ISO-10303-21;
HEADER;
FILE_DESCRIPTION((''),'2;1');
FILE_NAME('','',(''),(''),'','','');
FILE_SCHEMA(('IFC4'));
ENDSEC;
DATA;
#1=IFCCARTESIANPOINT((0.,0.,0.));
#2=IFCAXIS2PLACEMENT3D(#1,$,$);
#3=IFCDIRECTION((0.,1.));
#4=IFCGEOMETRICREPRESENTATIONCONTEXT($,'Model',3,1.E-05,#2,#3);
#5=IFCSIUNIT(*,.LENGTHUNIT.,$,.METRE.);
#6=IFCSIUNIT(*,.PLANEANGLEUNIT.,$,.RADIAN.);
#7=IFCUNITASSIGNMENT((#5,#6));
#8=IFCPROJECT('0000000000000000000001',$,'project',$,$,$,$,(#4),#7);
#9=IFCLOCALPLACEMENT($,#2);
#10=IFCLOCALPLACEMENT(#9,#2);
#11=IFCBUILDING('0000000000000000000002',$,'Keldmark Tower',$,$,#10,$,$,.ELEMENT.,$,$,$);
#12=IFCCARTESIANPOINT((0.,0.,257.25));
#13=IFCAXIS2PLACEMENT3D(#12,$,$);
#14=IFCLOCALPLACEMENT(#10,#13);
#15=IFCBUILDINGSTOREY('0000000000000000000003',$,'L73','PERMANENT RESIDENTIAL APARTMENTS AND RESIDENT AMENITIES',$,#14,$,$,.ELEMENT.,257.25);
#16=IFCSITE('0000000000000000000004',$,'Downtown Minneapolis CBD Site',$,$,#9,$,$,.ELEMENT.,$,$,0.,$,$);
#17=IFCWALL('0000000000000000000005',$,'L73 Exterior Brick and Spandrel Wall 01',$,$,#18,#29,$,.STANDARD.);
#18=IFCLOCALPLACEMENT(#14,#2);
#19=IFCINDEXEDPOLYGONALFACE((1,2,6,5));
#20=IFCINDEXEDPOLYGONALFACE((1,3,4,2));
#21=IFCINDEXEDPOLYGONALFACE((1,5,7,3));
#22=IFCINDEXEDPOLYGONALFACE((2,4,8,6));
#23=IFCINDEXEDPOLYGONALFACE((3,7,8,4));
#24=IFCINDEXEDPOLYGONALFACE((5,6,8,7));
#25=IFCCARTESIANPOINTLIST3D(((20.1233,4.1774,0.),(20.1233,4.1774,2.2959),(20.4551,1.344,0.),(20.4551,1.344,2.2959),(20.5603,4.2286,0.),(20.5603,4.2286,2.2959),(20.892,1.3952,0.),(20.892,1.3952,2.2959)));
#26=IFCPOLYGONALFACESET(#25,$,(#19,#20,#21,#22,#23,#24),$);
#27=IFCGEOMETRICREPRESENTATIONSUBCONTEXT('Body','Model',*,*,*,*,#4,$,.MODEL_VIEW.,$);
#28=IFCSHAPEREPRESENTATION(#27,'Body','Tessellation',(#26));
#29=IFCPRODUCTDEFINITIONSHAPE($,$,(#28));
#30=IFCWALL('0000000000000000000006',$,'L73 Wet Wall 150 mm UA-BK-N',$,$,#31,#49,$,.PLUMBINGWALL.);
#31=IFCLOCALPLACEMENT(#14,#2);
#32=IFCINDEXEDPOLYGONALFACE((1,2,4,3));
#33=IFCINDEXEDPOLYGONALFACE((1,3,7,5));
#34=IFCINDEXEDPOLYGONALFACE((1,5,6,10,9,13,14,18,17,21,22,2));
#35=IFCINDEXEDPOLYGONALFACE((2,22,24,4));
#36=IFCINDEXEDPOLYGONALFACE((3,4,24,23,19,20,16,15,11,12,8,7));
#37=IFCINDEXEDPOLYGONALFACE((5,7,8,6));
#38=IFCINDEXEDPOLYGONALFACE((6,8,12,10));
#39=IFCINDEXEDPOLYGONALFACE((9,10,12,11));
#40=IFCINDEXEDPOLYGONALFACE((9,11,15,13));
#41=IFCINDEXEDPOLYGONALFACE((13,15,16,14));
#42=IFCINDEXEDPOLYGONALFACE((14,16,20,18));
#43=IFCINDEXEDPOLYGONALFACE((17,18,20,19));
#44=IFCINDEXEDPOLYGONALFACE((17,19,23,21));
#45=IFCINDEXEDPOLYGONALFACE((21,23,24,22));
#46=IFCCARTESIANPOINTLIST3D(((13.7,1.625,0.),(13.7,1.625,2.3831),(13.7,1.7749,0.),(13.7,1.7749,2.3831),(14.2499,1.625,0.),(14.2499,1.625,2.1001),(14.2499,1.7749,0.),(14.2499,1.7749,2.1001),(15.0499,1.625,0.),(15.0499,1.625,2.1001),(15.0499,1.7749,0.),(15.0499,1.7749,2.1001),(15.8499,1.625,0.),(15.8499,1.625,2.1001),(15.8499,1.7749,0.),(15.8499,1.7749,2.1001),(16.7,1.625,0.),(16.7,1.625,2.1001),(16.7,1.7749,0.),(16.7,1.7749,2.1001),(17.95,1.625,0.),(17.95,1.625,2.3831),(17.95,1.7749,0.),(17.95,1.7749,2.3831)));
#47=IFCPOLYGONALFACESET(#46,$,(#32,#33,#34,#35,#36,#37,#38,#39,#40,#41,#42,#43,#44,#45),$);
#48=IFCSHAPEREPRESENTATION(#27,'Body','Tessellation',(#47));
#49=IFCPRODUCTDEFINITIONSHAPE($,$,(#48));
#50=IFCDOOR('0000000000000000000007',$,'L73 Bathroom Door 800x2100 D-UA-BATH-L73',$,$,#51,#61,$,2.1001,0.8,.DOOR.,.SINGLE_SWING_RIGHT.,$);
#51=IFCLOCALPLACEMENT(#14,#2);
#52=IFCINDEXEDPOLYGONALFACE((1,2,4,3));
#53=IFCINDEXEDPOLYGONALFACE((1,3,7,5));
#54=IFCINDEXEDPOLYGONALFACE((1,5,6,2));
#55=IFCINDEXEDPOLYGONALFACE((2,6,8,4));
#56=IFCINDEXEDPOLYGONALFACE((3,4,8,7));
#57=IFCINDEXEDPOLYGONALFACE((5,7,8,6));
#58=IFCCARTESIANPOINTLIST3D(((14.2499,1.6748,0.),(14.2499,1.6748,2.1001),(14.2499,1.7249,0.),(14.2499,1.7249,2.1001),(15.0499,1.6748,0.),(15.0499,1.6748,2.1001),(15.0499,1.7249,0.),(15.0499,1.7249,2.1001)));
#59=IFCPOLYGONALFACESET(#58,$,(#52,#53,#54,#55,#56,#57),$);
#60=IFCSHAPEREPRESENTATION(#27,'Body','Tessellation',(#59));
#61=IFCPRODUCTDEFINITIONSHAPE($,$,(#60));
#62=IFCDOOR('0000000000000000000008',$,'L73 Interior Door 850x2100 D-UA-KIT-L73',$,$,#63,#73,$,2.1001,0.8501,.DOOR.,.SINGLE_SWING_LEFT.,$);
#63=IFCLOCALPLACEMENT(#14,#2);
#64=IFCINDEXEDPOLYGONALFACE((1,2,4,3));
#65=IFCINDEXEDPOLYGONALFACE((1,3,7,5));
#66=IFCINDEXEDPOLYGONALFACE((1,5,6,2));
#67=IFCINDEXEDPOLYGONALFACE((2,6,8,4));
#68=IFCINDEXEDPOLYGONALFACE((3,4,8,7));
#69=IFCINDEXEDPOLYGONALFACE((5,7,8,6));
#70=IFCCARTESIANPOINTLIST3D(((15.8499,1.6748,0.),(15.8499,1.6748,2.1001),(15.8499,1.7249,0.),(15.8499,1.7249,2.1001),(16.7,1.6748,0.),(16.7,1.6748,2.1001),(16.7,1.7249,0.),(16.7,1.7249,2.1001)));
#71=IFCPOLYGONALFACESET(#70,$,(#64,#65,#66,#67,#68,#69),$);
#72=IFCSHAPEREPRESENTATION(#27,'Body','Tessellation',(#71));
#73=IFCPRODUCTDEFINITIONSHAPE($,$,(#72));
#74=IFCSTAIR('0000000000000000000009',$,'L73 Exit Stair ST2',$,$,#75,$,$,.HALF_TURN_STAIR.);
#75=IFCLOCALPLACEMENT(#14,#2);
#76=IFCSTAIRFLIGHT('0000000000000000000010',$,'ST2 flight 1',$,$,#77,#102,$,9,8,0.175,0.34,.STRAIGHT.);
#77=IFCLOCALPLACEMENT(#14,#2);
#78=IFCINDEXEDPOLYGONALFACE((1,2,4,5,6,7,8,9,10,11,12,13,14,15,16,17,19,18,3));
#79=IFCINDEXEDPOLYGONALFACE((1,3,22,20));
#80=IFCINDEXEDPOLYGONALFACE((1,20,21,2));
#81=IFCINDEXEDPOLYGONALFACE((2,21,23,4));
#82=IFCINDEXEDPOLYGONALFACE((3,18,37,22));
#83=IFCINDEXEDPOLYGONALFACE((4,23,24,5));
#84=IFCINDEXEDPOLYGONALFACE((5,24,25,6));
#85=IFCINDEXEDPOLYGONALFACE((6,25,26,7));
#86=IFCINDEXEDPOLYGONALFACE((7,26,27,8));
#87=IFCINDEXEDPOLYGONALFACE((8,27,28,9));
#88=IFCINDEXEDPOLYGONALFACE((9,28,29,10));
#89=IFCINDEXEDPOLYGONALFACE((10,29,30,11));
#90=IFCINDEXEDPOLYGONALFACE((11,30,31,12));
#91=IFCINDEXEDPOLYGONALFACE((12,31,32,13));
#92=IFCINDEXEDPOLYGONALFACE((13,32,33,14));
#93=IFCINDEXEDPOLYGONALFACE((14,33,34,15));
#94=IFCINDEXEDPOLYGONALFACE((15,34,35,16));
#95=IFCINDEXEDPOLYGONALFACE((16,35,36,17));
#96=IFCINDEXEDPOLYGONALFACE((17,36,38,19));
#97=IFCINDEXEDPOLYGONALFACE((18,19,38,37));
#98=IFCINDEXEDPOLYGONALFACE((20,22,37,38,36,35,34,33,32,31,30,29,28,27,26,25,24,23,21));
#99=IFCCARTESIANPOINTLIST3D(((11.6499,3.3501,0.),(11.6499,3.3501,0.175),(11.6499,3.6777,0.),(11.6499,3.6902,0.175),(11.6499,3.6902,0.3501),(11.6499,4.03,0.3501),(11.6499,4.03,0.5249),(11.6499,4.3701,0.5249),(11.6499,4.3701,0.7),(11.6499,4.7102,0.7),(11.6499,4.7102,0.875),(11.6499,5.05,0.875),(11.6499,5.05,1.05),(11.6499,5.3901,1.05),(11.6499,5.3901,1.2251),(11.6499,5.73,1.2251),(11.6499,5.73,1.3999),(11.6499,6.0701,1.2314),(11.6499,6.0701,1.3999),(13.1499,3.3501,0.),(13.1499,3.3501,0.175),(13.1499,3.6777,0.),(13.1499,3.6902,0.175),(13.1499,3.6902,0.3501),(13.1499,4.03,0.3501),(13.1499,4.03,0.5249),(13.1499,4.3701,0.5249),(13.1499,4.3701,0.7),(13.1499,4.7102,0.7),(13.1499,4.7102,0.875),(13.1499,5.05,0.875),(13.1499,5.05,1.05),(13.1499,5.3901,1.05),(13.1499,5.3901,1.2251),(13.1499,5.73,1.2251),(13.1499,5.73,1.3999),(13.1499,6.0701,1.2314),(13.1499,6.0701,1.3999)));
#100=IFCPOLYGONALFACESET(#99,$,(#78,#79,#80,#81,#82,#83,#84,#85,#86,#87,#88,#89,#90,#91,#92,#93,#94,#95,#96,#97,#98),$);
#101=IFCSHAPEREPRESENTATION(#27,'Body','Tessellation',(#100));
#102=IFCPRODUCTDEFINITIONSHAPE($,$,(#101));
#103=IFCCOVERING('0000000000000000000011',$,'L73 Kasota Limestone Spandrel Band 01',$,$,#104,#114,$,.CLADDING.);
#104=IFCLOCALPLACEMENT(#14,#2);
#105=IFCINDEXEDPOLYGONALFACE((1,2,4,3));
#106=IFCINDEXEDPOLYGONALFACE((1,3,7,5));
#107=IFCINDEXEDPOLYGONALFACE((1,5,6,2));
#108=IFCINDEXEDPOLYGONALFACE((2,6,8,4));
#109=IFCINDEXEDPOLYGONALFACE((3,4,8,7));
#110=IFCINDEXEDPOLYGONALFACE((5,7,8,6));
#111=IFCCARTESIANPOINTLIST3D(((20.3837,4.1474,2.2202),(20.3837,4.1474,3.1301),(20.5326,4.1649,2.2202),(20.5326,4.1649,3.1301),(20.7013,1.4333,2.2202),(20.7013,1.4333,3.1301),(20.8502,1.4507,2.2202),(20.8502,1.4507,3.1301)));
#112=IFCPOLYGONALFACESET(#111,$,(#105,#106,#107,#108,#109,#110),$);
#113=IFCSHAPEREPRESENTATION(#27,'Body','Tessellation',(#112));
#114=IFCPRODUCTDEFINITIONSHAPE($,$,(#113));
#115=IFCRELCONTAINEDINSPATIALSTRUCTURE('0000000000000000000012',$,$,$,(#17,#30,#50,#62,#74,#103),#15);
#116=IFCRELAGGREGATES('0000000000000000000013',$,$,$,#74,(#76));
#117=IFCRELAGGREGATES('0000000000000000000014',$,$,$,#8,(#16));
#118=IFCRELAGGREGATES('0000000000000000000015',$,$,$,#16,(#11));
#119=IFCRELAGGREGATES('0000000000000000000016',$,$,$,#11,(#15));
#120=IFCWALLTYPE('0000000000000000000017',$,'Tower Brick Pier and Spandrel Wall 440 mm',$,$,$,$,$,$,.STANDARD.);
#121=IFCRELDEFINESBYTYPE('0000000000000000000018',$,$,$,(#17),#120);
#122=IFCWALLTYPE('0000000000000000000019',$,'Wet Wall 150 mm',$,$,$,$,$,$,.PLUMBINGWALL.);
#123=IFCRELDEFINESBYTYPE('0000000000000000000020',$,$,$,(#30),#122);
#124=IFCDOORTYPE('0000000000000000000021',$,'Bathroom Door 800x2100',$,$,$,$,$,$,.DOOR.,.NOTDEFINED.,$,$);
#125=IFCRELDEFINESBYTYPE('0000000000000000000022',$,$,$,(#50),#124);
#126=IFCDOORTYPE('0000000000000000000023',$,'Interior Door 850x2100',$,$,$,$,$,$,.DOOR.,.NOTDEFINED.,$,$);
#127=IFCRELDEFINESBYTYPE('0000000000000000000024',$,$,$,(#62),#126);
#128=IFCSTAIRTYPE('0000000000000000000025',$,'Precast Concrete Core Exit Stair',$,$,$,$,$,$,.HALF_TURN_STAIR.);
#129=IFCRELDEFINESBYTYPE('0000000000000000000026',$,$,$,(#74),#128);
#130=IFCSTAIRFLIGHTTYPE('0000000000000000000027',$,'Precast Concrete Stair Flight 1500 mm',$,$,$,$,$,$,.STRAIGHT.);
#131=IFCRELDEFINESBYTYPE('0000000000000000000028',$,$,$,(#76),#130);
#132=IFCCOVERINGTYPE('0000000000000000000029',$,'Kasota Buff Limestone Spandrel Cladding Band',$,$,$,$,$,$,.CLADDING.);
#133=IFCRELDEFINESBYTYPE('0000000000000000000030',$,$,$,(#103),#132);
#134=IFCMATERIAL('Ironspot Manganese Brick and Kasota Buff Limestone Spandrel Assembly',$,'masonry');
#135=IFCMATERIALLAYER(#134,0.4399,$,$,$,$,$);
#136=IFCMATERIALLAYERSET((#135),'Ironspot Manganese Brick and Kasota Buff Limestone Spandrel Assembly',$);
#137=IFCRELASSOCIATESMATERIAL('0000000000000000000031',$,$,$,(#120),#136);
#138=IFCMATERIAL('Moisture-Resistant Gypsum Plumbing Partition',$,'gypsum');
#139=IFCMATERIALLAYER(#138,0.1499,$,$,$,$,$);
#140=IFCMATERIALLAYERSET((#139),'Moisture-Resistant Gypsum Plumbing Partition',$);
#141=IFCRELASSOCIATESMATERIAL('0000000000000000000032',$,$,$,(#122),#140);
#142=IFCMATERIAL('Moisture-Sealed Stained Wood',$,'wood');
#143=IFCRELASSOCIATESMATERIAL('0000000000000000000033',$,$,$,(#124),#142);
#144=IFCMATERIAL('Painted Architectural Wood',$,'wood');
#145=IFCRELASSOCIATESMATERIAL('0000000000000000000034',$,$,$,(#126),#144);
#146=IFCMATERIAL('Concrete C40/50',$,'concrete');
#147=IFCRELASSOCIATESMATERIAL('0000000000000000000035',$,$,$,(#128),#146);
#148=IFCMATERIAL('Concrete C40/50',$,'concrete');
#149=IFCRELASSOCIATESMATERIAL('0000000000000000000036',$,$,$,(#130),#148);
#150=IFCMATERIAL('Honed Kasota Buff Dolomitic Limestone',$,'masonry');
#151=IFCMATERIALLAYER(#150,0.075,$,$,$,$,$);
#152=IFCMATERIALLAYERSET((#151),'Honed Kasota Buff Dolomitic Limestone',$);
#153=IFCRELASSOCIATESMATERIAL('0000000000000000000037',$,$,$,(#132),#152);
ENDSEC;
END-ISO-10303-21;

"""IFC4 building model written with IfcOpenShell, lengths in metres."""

from ifc_helpers import new_model, si_unit, direction, frame, frame_2d, origin, origin_2d, place, context, subcontext, project, spatial, polyline, rectangle, outline, extrude, material, layer, layer_set, type_object, element, fill, aggregate, save


model = new_model("IFC4")

# Units and contexts
model_context = context("Model", 3, precision=1e-05, world=origin(), true_north=direction((0.0, 1.0)))
body_context = subcontext(model_context, "Body", "Model", "MODEL_VIEW")
ifc_project = project(units=[si_unit("LENGTHUNIT", "METRE"), si_unit("PLANEANGLEUNIT", "RADIAN")], contexts=[model_context])

# Site, building, storey
site_placement = place(None, origin())
site = spatial("IfcSite", under=ifc_project, at=site_placement, Name="Downtown Minneapolis CBD Site", CompositionType="ELEMENT", RefElevation=0.0)
building_placement = place(site_placement, origin())
building = spatial("IfcBuilding", under=site, at=building_placement, Name="Keldmark Tower", CompositionType="ELEMENT")
storey_placement = place(building_placement, frame((0.0, 0.0, 257.25)))
storey = spatial("IfcBuildingStorey", under=building, at=storey_placement, Name="L73", Description="PERMANENT RESIDENTIAL APARTMENTS AND RESIDENT AMENITIES", CompositionType="ELEMENT", Elevation=257.25)

# Wall
ifc_material_1 = material(Name="Ironspot Manganese Brick and Kasota Buff Limestone Spandrel Assembly", Category="masonry")
ifc_layer_1 = layer(ifc_material_1, 0.4399)
ifc_layer_set_1 = layer_set([ifc_layer_1], Name="Ironspot Manganese Brick and Kasota Buff Limestone Spandrel Assembly")
wall_type_1 = type_object("IfcWallType", Name="Tower Brick Pier and Spandrel Wall 440 mm", PredefinedType="STANDARD", material=ifc_layer_set_1)
wall_1_placement = place(storey_placement, frame((20.3418, 4.2029, 0.0), z_axis=(0.0, 0.0, 1.0), x_axis=(0.1163, -0.993214, 0.0)))
element("IfcWall", 1, at=wall_1_placement, inside=storey, type_object=wall_type_1, Name="L73 Exterior Brick and Spandrel Wall 01", PredefinedType="STANDARD", context=body_context, shape_type="SweptSolid", body=[
    extrude(rectangle(XDim=2.8528, YDim=0.4399, at=frame_2d((1.4263, 0.0))), origin(), (0.0, 0.0, 1.0), 2.2959),
])

# Wall, openings, doors
ifc_material_2 = material(Name="Moisture-Resistant Gypsum Plumbing Partition", Category="gypsum")
ifc_layer_2 = layer(ifc_material_2, 0.1499)
ifc_layer_set_2 = layer_set([ifc_layer_2], Name="Moisture-Resistant Gypsum Plumbing Partition")
wall_type_2 = type_object("IfcWallType", Name="Wet Wall 150 mm", PredefinedType="PLUMBINGWALL", material=ifc_layer_set_2)
wall_2_placement = place(storey_placement, frame((13.7, 1.7, 0.0), z_axis=(0.0, 0.0, 1.0), x_axis=(1.0, 0.0, 0.0)))
wall_2 = element("IfcWall", 2, at=wall_2_placement, inside=storey, type_object=wall_type_2, Name="L73 Wet Wall 150 mm UA-BK-N", PredefinedType="PLUMBINGWALL", context=body_context, shape_type="SweptSolid", body=[
    extrude(rectangle(XDim=4.25, YDim=0.1499, at=frame_2d((2.125, 0.0))), origin(), (0.0, 0.0, 1.0), 2.3831),
])
opening_1_placement = place(wall_2_placement, frame((0.55, 0.0, 0.0)))
opening_1 = element("IfcOpeningElement", 3, at=opening_1_placement, cuts=wall_2, PredefinedType="OPENING", context=body_context, shape_type="SweptSolid", body=[
    extrude(rectangle(XDim=0.8, YDim=2.1001, at=frame_2d((0.3999, 1.05))), frame((0.0, 0.085, 0.0), z_axis=(0.0, -1.0, 0.0), x_axis=(1.0, 0.0, 0.0)), (0.0, 0.0, 1.0), 0.1699),
])
opening_2_placement = place(wall_2_placement, frame((2.1499, 0.0, 0.0)))
opening_2 = element("IfcOpeningElement", 4, at=opening_2_placement, cuts=wall_2, PredefinedType="OPENING", context=body_context, shape_type="SweptSolid", body=[
    extrude(rectangle(XDim=0.8501, YDim=2.1001, at=frame_2d((0.425, 1.05))), frame((0.0, 0.085, 0.0), z_axis=(0.0, -1.0, 0.0), x_axis=(1.0, 0.0, 0.0)), (0.0, 0.0, 1.0), 0.1699),
])
ifc_material_3 = material(Name="Moisture-Sealed Stained Wood", Category="wood")
door_type_1 = type_object("IfcDoorType", Name="Bathroom Door 800x2100", OperationType="NOTDEFINED", PredefinedType="DOOR", material=ifc_material_3)
door_1_placement = place(opening_1_placement, origin())
door_1 = element("IfcDoor", 5, at=door_1_placement, inside=storey, type_object=door_type_1, Name="L73 Bathroom Door 800x2100 D-UA-BATH-L73", OperationType="SINGLE_SWING_RIGHT", OverallHeight=2.1001, OverallWidth=0.8, PredefinedType="DOOR", context=body_context, shape_type="SweptSolid", body=[
    extrude(rectangle(XDim=0.8, YDim=2.1001, at=frame_2d((0.3999, 1.05))), frame((0.0, 0.0249, 0.0), z_axis=(0.0, -1.0, 0.0), x_axis=(1.0, 0.0, 0.0)), (0.0, 0.0, 1.0), 0.05),
])
fill(opening_1, door_1)
ifc_material_4 = material(Name="Painted Architectural Wood", Category="wood")
door_type_2 = type_object("IfcDoorType", Name="Interior Door 850x2100", OperationType="NOTDEFINED", PredefinedType="DOOR", material=ifc_material_4)
door_2_placement = place(opening_2_placement, origin())
door_2 = element("IfcDoor", 6, at=door_2_placement, inside=storey, type_object=door_type_2, Name="L73 Interior Door 850x2100 D-UA-KIT-L73", OperationType="SINGLE_SWING_LEFT", OverallHeight=2.1001, OverallWidth=0.8501, PredefinedType="DOOR", context=body_context, shape_type="SweptSolid", body=[
    extrude(rectangle(XDim=0.8501, YDim=2.1001, at=frame_2d((0.425, 1.05))), frame((0.0, 0.0249, 0.0), z_axis=(0.0, -1.0, 0.0), x_axis=(1.0, 0.0, 0.0)), (0.0, 0.0, 1.0), 0.05),
])
fill(opening_2, door_2)

# Stair, stair flight
ifc_material_5 = material(Name="Concrete C40/50", Category="concrete")
stair_type = type_object("IfcStairType", Name="Precast Concrete Core Exit Stair", PredefinedType="HALF_TURN_STAIR", material=ifc_material_5)
stair_placement = place(storey_placement, origin())
stair = element("IfcStair", 7, at=stair_placement, inside=storey, type_object=stair_type, Name="L73 Exit Stair ST2", PredefinedType="HALF_TURN_STAIR")
ifc_material_6 = material(Name="Concrete C40/50", Category="concrete")
stair_flight_type = type_object("IfcStairFlightType", Name="Precast Concrete Stair Flight 1500 mm", PredefinedType="STRAIGHT", material=ifc_material_6)
stair_flight_placement = place(storey_placement, frame((12.3999, 3.3501, 0.0), z_axis=(0.0, 0.0, 1.0), x_axis=(0.0, 1.0, 0.0)))
stair_flight = element("IfcStairFlight", 8, at=stair_flight_placement, type_object=stair_flight_type, Name="ST2 flight 1", NumberOfRisers=9, NumberOfTreads=8, PredefinedType="STRAIGHT", RiserHeight=0.175, TreadLength=0.34, context=body_context, shape_type="SweptSolid", body=[
    extrude(outline(polyline([(0.0, 0.0), (0.0, 0.175), (0.3401, 0.175), (0.3401, 0.3501), (0.6799, 0.3501), (0.6799, 0.5249), (1.02, 0.5249), (1.02, 0.7), (1.3601, 0.7), (1.3601, 0.875), (1.7, 0.875), (1.7, 1.05), (2.04, 1.05), (2.04, 1.2251), (2.3799, 1.2251), (2.3799, 1.3999), (2.72, 1.3999), (2.72, 1.575), (2.72, 1.2314), (0.3276, 0.0), (0.0, 0.0)])), frame((0.0, 0.75, 0.0), z_axis=(0.0, -1.0, 0.0), x_axis=(1.0, 0.0, 0.0)), (0.0, 0.0, 1.0), 1.5),
])
aggregate(stair, [stair_flight])

# Covering
ifc_material_7 = material(Name="Honed Kasota Buff Dolomitic Limestone", Category="masonry")
ifc_layer_3 = layer(ifc_material_7, 0.075)
ifc_layer_set_3 = layer_set([ifc_layer_3], Name="Honed Kasota Buff Dolomitic Limestone")
covering_type = type_object("IfcCoveringType", Name="Kasota Buff Limestone Spandrel Cladding Band", PredefinedType="CLADDING", material=ifc_layer_set_3)
covering_placement = place(storey_placement, frame((20.6169, 2.7991, 2.2202), z_axis=(0.0, 0.0, 1.0), x_axis=(-0.116237, 0.993221, 0.0)))
element("IfcCovering", 9, at=covering_placement, inside=storey, type_object=covering_type, Name="L73 Kasota Limestone Spandrel Band 01", PredefinedType="CLADDING", context=body_context, shape_type="SweptSolid", body=[
    extrude(rectangle(XDim=2.7327, YDim=0.1499, at=origin_2d()), origin(), (0.0, 0.0, 1.0), 0.9099),
])

save(model, "model.ifc")
